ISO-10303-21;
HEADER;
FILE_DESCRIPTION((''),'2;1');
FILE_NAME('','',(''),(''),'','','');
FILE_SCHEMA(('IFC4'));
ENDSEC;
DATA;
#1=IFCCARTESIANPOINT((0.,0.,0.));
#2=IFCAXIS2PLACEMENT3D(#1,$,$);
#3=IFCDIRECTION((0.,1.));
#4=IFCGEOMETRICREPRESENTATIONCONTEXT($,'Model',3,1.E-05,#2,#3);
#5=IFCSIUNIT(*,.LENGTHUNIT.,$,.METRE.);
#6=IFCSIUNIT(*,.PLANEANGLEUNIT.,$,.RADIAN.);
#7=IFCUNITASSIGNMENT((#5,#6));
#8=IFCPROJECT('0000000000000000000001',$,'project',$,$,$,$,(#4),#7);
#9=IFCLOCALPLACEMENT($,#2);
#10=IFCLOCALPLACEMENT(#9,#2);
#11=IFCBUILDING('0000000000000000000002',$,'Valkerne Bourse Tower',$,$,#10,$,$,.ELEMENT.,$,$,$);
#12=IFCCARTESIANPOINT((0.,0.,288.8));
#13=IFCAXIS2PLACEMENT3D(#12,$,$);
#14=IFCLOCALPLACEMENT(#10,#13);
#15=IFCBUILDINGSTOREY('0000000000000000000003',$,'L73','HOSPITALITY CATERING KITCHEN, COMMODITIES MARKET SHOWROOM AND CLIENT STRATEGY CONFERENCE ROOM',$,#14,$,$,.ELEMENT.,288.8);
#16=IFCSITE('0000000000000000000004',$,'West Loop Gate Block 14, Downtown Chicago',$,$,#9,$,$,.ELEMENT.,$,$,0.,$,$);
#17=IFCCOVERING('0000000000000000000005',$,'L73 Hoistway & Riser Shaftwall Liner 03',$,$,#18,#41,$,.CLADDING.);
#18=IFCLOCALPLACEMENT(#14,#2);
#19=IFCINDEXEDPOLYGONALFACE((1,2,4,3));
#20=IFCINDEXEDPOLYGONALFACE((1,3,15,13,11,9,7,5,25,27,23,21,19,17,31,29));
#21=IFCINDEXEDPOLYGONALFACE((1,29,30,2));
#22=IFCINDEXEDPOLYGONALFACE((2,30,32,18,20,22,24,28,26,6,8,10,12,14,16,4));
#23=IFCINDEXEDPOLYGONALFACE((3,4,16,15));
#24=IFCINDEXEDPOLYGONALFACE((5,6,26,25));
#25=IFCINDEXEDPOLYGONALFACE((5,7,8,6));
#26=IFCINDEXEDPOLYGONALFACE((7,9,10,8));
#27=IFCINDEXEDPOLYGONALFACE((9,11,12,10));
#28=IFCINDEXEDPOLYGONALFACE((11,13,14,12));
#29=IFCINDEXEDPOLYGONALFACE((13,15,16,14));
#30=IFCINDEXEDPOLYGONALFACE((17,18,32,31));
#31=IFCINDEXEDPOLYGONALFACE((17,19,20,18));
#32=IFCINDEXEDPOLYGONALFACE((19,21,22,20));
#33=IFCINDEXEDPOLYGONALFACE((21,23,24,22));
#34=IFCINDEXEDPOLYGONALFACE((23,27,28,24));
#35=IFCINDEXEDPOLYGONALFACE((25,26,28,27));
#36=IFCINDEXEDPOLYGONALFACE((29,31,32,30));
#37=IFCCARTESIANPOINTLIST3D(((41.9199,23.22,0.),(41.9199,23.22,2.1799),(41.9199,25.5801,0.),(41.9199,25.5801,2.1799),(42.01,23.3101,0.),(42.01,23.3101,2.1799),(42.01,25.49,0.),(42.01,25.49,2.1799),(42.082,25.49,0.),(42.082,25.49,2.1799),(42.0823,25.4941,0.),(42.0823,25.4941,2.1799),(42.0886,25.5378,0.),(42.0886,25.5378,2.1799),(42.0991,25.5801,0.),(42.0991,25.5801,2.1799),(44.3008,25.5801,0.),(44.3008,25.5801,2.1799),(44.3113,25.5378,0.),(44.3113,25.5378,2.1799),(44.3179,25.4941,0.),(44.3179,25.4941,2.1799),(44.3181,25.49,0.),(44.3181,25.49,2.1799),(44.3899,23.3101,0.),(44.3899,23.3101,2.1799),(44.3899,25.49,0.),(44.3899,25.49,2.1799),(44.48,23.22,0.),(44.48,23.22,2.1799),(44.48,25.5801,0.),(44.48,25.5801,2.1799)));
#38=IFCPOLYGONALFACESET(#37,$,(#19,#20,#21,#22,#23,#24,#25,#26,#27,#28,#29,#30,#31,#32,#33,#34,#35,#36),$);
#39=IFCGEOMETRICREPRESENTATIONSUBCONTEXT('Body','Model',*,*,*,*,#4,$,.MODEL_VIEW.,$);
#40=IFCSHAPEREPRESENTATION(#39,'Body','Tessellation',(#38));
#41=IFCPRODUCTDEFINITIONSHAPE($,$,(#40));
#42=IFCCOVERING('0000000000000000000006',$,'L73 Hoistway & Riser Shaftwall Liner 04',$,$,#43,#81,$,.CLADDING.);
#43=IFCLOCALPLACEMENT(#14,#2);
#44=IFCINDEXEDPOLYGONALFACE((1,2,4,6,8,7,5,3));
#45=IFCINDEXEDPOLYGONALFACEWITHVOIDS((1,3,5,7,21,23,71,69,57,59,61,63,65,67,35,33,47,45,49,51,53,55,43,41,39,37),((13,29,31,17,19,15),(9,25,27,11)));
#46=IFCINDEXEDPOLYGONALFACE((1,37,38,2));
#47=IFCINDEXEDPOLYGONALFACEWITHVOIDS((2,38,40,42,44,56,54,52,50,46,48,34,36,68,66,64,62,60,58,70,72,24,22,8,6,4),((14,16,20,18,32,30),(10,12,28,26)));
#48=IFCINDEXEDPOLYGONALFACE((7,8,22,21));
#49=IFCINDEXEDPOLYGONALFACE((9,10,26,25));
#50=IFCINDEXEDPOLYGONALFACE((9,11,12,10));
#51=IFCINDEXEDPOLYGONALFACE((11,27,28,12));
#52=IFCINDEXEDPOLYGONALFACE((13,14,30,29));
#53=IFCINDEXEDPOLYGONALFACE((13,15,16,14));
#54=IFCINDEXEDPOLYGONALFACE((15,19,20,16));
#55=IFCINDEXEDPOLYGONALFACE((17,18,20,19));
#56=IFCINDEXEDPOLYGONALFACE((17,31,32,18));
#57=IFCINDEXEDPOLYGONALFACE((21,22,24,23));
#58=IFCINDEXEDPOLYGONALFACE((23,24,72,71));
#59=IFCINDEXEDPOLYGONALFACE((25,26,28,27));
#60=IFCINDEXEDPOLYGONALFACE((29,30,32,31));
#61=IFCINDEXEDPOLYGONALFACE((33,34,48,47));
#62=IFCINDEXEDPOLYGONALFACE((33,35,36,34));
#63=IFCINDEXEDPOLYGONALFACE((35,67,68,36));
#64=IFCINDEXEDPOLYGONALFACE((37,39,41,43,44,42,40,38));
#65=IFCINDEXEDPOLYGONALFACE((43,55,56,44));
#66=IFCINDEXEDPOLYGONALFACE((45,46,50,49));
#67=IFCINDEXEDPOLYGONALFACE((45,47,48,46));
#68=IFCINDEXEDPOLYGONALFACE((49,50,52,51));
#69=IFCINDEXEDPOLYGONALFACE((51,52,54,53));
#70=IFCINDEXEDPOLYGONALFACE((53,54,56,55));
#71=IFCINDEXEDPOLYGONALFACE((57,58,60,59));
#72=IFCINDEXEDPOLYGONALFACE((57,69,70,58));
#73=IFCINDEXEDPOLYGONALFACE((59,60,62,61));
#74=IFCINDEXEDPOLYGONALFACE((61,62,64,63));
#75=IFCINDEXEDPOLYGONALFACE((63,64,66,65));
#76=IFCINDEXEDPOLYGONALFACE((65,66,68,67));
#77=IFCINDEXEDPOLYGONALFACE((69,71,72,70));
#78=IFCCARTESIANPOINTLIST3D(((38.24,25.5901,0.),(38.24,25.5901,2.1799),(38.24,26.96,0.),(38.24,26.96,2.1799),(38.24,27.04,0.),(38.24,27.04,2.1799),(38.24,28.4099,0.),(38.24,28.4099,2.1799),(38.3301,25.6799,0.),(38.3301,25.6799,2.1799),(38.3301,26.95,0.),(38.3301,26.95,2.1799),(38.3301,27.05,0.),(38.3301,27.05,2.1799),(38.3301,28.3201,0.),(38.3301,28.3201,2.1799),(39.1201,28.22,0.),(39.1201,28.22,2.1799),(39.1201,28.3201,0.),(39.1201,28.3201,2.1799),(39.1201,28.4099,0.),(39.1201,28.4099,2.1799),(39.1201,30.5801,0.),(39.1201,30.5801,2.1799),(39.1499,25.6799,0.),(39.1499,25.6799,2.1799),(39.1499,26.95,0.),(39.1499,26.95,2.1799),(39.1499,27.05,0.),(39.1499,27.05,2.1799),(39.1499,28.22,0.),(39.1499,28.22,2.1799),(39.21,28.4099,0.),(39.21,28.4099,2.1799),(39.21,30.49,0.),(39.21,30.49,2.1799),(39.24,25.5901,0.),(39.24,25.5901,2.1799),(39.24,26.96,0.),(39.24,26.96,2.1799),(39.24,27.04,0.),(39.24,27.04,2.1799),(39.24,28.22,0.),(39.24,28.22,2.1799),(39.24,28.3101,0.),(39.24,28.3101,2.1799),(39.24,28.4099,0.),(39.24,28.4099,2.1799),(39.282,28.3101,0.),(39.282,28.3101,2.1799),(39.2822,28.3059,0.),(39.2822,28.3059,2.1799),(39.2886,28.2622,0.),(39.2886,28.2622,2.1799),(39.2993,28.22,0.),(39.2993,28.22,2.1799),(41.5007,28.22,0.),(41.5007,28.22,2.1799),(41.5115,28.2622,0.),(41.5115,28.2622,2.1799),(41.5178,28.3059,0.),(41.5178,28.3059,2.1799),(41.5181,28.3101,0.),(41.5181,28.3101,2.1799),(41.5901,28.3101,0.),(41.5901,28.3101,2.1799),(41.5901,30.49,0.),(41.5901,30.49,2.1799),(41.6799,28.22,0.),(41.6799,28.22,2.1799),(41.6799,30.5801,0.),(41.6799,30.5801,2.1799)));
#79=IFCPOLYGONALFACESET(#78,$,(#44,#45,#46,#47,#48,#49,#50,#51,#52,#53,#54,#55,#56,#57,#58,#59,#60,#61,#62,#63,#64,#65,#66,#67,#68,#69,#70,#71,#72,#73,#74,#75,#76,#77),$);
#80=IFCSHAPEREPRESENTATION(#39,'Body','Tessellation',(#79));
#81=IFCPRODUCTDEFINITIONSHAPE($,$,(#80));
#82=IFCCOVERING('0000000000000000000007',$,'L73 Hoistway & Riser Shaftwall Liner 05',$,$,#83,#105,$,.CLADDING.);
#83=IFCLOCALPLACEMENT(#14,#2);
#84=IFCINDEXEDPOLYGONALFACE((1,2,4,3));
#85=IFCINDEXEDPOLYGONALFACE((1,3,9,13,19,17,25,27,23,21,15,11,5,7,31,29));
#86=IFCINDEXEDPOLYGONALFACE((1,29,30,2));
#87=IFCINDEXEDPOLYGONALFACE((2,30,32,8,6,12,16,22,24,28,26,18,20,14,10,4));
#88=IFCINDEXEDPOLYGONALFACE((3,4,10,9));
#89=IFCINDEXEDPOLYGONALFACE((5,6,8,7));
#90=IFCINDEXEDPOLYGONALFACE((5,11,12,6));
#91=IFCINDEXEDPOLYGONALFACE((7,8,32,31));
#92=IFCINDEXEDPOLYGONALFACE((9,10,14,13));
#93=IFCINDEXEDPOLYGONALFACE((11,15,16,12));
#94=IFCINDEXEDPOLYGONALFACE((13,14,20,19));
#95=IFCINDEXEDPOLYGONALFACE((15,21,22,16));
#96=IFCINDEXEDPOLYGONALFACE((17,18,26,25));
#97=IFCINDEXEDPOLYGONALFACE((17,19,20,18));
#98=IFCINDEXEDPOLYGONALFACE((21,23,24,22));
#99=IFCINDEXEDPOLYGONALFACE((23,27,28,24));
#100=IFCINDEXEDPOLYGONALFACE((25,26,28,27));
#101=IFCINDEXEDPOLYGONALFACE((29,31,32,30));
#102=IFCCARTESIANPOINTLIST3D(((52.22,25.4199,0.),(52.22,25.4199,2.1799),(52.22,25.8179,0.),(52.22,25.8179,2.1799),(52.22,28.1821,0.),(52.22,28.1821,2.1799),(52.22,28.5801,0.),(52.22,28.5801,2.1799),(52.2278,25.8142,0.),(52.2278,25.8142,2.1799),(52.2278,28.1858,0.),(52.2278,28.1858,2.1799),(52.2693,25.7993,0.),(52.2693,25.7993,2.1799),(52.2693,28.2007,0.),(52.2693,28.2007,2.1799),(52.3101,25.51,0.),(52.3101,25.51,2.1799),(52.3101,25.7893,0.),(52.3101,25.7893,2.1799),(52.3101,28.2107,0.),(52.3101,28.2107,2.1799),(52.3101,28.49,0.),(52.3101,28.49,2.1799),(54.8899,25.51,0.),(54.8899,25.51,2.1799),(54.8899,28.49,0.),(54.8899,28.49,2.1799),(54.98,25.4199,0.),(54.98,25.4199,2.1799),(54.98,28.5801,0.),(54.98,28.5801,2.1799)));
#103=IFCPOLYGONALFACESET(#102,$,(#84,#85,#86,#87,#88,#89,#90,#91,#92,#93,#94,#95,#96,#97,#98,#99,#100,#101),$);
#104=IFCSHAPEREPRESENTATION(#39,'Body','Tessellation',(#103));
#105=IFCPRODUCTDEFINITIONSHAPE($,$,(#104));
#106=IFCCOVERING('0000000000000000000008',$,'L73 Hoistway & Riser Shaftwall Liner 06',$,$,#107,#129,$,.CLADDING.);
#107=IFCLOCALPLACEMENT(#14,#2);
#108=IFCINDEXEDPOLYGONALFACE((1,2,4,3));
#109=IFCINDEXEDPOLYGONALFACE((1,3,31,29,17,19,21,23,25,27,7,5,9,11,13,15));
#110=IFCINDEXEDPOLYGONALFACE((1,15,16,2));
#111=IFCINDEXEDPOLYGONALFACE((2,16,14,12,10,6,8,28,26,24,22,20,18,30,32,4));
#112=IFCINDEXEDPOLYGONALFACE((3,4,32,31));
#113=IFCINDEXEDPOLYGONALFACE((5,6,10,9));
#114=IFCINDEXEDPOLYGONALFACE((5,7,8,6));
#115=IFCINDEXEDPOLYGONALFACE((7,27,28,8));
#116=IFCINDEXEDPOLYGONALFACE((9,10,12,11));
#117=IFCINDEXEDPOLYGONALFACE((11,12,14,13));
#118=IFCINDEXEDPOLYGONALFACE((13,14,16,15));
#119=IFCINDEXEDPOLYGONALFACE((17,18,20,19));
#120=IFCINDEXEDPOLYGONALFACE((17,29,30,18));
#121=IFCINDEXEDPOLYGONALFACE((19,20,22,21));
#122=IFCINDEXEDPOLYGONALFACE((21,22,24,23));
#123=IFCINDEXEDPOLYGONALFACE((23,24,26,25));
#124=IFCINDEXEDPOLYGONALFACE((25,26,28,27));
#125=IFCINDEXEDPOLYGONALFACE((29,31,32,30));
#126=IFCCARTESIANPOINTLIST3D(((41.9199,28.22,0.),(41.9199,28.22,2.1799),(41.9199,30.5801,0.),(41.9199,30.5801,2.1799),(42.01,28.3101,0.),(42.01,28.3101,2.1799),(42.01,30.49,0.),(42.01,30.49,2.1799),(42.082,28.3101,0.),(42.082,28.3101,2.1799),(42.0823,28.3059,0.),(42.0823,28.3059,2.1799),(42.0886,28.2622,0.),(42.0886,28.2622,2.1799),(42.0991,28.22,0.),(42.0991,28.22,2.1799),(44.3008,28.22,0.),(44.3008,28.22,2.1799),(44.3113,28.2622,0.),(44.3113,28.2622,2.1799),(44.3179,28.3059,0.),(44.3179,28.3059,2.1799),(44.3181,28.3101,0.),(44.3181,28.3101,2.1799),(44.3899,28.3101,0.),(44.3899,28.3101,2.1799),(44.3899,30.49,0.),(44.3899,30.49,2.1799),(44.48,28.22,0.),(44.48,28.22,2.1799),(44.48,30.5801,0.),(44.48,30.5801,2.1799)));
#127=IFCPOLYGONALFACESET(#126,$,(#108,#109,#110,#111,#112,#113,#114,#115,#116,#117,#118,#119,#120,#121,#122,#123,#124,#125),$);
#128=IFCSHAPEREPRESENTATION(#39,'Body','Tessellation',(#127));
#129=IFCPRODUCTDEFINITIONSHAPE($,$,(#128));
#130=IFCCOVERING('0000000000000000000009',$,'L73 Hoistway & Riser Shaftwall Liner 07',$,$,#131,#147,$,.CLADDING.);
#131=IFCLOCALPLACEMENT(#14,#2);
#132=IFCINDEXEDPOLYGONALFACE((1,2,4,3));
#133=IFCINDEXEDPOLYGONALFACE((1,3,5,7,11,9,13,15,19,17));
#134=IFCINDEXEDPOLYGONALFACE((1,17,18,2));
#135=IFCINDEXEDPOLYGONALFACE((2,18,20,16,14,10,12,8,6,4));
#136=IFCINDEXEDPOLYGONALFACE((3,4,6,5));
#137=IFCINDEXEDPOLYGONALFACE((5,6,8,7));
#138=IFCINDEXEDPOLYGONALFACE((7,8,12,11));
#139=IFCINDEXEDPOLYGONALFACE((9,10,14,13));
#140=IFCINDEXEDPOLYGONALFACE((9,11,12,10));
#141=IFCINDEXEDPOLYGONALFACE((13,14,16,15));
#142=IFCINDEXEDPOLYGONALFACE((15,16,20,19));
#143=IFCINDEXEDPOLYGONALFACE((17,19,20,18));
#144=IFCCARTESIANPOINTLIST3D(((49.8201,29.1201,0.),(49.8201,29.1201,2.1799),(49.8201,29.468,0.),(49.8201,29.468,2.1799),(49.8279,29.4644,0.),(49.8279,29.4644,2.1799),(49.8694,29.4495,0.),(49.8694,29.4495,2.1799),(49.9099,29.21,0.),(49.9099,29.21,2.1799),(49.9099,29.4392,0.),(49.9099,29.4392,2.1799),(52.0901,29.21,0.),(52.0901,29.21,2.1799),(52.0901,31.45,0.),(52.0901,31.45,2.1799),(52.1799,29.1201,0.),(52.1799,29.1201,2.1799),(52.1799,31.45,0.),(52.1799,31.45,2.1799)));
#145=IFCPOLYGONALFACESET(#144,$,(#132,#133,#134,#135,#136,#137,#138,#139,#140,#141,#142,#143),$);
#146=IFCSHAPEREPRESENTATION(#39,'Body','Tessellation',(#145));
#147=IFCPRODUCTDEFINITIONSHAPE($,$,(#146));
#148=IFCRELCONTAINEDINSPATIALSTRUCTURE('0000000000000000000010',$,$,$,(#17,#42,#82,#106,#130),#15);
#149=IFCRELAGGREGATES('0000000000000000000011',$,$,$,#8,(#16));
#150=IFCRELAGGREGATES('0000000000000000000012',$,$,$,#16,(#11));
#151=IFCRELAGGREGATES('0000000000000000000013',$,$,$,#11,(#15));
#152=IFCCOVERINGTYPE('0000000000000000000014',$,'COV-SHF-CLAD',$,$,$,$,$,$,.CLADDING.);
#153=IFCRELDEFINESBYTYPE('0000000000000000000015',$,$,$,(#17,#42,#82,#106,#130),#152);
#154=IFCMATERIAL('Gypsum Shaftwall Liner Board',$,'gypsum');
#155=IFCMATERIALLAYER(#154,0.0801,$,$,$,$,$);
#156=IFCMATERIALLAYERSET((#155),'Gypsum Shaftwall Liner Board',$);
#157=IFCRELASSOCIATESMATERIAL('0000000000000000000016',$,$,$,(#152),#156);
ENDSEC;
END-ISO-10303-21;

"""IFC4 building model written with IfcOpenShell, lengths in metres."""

from ifc_helpers import new_model, si_unit, direction, frame, origin, place, context, subcontext, project, spatial, polyline, outline, extrude, material, layer, layer_set, type_object, element, save


model = new_model("IFC4")

# Units and contexts
model_context = context("Model", 3, precision=1e-05, world=origin(), true_north=direction((0.0, 1.0)))
body_context = subcontext(model_context, "Body", "Model", "MODEL_VIEW")
ifc_project = project(units=[si_unit("LENGTHUNIT", "METRE"), si_unit("PLANEANGLEUNIT", "RADIAN")], contexts=[model_context])

# Site, building, storey
site_placement = place(None, origin())
site = spatial("IfcSite", under=ifc_project, at=site_placement, Name="West Loop Gate Block 14, Downtown Chicago", CompositionType="ELEMENT", RefElevation=0.0)
building_placement = place(site_placement, origin())
building = spatial("IfcBuilding", under=site, at=building_placement, Name="Valkerne Bourse Tower", CompositionType="ELEMENT")
storey_placement = place(building_placement, frame((0.0, 0.0, 288.8)))
storey = spatial("IfcBuildingStorey", under=building, at=storey_placement, Name="L73", Description="HOSPITALITY CATERING KITCHEN, COMMODITIES MARKET SHOWROOM AND CLIENT STRATEGY CONFERENCE ROOM", CompositionType="ELEMENT", Elevation=288.8)

# Coverings
ifc_material_1 = material(Name="Gypsum Shaftwall Liner Board", Category="gypsum")
ifc_layer_1 = layer(ifc_material_1, 0.0801)
ifc_layer_set_1 = layer_set([ifc_layer_1], Name="Gypsum Shaftwall Liner Board")
covering_type_1 = type_object("IfcCoveringType", Name="COV-SHF-CLAD", PredefinedType="CLADDING", material=ifc_layer_set_1)
covering_1_placement = place(storey_placement, origin())
element("IfcCovering", 1, at=covering_1_placement, inside=storey, type_object=covering_type_1, Name="L73 Hoistway & Riser Shaftwall Liner 03", PredefinedType="CLADDING", context=body_context, shape_type="SweptSolid", body=[
    extrude(outline(polyline([(42.0991, 25.5801), (42.0886, 25.5378), (42.0823, 25.4941), (42.082, 25.49), (42.01, 25.49), (42.01, 23.3101), (44.3899, 23.3101), (44.3899, 25.49), (44.3181, 25.49), (44.3179, 25.4941), (44.3113, 25.5378), (44.3008, 25.5801), (44.48, 25.5801), (44.48, 23.22), (41.9199, 23.22), (41.9199, 25.5801), (42.0991, 25.5801)])), origin(), (0.0, 0.0, 1.0), 2.1799),
])
covering_2_placement = place(storey_placement, origin())
element("IfcCovering", 2, at=covering_2_placement, inside=storey, type_object=covering_type_1, Name="L73 Hoistway & Riser Shaftwall Liner 04", PredefinedType="CLADDING", context=body_context, shape_type="SweptSolid", body=[
    extrude(outline(polyline([(38.24, 27.04), (38.24, 28.4099), (39.1201, 28.4099), (39.1201, 30.5801), (41.6799, 30.5801), (41.6799, 28.22), (41.5007, 28.22), (41.5115, 28.2622), (41.5178, 28.3059), (41.5181, 28.3101), (41.5901, 28.3101), (41.5901, 30.49), (39.21, 30.49), (39.21, 28.4099), (39.24, 28.4099), (39.24, 28.3101), (39.282, 28.3101), (39.2822, 28.3059), (39.2886, 28.2622), (39.2993, 28.22), (39.24, 28.22), (39.24, 27.04), (39.24, 26.96), (39.24, 25.5901), (38.24, 25.5901), (38.24, 26.96), (38.24, 27.04)]), holes=[polyline([(39.1499, 26.95), (38.3301, 26.95), (38.3301, 25.6799), (39.1499, 25.6799), (39.1499, 26.95)]), polyline([(39.1499, 28.22), (39.1201, 28.22), (39.1201, 28.3201), (38.3301, 28.3201), (38.3301, 27.05), (39.1499, 27.05), (39.1499, 28.22)])]), origin(), (0.0, 0.0, 1.0), 2.1799),
])
covering_3_placement = place(storey_placement, origin())
element("IfcCovering", 3, at=covering_3_placement, inside=storey, type_object=covering_type_1, Name="L73 Hoistway & Riser Shaftwall Liner 05", PredefinedType="CLADDING", context=body_context, shape_type="SweptSolid", body=[
    extrude(outline(polyline([(54.98, 28.5801), (54.98, 25.4199), (52.22, 25.4199), (52.22, 25.8179), (52.2278, 25.8142), (52.2693, 25.7993), (52.3101, 25.7893), (52.3101, 25.51), (54.8899, 25.51), (54.8899, 28.49), (52.3101, 28.49), (52.3101, 28.2107), (52.2693, 28.2007), (52.2278, 28.1858), (52.22, 28.1821), (52.22, 28.5801), (54.98, 28.5801)])), origin(), (0.0, 0.0, 1.0), 2.1799),
])
covering_4_placement = place(storey_placement, origin())
element("IfcCovering", 4, at=covering_4_placement, inside=storey, type_object=covering_type_1, Name="L73 Hoistway & Riser Shaftwall Liner 06", PredefinedType="CLADDING", context=body_context, shape_type="SweptSolid", body=[
    extrude(outline(polyline([(44.48, 28.22), (44.3008, 28.22), (44.3113, 28.2622), (44.3179, 28.3059), (44.3181, 28.3101), (44.3899, 28.3101), (44.3899, 30.49), (42.01, 30.49), (42.01, 28.3101), (42.082, 28.3101), (42.0823, 28.3059), (42.0886, 28.2622), (42.0991, 28.22), (41.9199, 28.22), (41.9199, 30.5801), (44.48, 30.5801), (44.48, 28.22)])), origin(), (0.0, 0.0, 1.0), 2.1799),
])
covering_5_placement = place(storey_placement, origin())
element("IfcCovering", 5, at=covering_5_placement, inside=storey, type_object=covering_type_1, Name="L73 Hoistway & Riser Shaftwall Liner 07", PredefinedType="CLADDING", context=body_context, shape_type="SweptSolid", body=[
    extrude(outline(polyline([(49.8201, 29.1201), (49.8201, 29.468), (49.8279, 29.4644), (49.8694, 29.4495), (49.9099, 29.4392), (49.9099, 29.21), (52.0901, 29.21), (52.0901, 31.45), (52.1799, 31.45), (52.1799, 29.1201), (49.8201, 29.1201)])), origin(), (0.0, 0.0, 1.0), 2.1799),
])

save(model, "model.ifc")
